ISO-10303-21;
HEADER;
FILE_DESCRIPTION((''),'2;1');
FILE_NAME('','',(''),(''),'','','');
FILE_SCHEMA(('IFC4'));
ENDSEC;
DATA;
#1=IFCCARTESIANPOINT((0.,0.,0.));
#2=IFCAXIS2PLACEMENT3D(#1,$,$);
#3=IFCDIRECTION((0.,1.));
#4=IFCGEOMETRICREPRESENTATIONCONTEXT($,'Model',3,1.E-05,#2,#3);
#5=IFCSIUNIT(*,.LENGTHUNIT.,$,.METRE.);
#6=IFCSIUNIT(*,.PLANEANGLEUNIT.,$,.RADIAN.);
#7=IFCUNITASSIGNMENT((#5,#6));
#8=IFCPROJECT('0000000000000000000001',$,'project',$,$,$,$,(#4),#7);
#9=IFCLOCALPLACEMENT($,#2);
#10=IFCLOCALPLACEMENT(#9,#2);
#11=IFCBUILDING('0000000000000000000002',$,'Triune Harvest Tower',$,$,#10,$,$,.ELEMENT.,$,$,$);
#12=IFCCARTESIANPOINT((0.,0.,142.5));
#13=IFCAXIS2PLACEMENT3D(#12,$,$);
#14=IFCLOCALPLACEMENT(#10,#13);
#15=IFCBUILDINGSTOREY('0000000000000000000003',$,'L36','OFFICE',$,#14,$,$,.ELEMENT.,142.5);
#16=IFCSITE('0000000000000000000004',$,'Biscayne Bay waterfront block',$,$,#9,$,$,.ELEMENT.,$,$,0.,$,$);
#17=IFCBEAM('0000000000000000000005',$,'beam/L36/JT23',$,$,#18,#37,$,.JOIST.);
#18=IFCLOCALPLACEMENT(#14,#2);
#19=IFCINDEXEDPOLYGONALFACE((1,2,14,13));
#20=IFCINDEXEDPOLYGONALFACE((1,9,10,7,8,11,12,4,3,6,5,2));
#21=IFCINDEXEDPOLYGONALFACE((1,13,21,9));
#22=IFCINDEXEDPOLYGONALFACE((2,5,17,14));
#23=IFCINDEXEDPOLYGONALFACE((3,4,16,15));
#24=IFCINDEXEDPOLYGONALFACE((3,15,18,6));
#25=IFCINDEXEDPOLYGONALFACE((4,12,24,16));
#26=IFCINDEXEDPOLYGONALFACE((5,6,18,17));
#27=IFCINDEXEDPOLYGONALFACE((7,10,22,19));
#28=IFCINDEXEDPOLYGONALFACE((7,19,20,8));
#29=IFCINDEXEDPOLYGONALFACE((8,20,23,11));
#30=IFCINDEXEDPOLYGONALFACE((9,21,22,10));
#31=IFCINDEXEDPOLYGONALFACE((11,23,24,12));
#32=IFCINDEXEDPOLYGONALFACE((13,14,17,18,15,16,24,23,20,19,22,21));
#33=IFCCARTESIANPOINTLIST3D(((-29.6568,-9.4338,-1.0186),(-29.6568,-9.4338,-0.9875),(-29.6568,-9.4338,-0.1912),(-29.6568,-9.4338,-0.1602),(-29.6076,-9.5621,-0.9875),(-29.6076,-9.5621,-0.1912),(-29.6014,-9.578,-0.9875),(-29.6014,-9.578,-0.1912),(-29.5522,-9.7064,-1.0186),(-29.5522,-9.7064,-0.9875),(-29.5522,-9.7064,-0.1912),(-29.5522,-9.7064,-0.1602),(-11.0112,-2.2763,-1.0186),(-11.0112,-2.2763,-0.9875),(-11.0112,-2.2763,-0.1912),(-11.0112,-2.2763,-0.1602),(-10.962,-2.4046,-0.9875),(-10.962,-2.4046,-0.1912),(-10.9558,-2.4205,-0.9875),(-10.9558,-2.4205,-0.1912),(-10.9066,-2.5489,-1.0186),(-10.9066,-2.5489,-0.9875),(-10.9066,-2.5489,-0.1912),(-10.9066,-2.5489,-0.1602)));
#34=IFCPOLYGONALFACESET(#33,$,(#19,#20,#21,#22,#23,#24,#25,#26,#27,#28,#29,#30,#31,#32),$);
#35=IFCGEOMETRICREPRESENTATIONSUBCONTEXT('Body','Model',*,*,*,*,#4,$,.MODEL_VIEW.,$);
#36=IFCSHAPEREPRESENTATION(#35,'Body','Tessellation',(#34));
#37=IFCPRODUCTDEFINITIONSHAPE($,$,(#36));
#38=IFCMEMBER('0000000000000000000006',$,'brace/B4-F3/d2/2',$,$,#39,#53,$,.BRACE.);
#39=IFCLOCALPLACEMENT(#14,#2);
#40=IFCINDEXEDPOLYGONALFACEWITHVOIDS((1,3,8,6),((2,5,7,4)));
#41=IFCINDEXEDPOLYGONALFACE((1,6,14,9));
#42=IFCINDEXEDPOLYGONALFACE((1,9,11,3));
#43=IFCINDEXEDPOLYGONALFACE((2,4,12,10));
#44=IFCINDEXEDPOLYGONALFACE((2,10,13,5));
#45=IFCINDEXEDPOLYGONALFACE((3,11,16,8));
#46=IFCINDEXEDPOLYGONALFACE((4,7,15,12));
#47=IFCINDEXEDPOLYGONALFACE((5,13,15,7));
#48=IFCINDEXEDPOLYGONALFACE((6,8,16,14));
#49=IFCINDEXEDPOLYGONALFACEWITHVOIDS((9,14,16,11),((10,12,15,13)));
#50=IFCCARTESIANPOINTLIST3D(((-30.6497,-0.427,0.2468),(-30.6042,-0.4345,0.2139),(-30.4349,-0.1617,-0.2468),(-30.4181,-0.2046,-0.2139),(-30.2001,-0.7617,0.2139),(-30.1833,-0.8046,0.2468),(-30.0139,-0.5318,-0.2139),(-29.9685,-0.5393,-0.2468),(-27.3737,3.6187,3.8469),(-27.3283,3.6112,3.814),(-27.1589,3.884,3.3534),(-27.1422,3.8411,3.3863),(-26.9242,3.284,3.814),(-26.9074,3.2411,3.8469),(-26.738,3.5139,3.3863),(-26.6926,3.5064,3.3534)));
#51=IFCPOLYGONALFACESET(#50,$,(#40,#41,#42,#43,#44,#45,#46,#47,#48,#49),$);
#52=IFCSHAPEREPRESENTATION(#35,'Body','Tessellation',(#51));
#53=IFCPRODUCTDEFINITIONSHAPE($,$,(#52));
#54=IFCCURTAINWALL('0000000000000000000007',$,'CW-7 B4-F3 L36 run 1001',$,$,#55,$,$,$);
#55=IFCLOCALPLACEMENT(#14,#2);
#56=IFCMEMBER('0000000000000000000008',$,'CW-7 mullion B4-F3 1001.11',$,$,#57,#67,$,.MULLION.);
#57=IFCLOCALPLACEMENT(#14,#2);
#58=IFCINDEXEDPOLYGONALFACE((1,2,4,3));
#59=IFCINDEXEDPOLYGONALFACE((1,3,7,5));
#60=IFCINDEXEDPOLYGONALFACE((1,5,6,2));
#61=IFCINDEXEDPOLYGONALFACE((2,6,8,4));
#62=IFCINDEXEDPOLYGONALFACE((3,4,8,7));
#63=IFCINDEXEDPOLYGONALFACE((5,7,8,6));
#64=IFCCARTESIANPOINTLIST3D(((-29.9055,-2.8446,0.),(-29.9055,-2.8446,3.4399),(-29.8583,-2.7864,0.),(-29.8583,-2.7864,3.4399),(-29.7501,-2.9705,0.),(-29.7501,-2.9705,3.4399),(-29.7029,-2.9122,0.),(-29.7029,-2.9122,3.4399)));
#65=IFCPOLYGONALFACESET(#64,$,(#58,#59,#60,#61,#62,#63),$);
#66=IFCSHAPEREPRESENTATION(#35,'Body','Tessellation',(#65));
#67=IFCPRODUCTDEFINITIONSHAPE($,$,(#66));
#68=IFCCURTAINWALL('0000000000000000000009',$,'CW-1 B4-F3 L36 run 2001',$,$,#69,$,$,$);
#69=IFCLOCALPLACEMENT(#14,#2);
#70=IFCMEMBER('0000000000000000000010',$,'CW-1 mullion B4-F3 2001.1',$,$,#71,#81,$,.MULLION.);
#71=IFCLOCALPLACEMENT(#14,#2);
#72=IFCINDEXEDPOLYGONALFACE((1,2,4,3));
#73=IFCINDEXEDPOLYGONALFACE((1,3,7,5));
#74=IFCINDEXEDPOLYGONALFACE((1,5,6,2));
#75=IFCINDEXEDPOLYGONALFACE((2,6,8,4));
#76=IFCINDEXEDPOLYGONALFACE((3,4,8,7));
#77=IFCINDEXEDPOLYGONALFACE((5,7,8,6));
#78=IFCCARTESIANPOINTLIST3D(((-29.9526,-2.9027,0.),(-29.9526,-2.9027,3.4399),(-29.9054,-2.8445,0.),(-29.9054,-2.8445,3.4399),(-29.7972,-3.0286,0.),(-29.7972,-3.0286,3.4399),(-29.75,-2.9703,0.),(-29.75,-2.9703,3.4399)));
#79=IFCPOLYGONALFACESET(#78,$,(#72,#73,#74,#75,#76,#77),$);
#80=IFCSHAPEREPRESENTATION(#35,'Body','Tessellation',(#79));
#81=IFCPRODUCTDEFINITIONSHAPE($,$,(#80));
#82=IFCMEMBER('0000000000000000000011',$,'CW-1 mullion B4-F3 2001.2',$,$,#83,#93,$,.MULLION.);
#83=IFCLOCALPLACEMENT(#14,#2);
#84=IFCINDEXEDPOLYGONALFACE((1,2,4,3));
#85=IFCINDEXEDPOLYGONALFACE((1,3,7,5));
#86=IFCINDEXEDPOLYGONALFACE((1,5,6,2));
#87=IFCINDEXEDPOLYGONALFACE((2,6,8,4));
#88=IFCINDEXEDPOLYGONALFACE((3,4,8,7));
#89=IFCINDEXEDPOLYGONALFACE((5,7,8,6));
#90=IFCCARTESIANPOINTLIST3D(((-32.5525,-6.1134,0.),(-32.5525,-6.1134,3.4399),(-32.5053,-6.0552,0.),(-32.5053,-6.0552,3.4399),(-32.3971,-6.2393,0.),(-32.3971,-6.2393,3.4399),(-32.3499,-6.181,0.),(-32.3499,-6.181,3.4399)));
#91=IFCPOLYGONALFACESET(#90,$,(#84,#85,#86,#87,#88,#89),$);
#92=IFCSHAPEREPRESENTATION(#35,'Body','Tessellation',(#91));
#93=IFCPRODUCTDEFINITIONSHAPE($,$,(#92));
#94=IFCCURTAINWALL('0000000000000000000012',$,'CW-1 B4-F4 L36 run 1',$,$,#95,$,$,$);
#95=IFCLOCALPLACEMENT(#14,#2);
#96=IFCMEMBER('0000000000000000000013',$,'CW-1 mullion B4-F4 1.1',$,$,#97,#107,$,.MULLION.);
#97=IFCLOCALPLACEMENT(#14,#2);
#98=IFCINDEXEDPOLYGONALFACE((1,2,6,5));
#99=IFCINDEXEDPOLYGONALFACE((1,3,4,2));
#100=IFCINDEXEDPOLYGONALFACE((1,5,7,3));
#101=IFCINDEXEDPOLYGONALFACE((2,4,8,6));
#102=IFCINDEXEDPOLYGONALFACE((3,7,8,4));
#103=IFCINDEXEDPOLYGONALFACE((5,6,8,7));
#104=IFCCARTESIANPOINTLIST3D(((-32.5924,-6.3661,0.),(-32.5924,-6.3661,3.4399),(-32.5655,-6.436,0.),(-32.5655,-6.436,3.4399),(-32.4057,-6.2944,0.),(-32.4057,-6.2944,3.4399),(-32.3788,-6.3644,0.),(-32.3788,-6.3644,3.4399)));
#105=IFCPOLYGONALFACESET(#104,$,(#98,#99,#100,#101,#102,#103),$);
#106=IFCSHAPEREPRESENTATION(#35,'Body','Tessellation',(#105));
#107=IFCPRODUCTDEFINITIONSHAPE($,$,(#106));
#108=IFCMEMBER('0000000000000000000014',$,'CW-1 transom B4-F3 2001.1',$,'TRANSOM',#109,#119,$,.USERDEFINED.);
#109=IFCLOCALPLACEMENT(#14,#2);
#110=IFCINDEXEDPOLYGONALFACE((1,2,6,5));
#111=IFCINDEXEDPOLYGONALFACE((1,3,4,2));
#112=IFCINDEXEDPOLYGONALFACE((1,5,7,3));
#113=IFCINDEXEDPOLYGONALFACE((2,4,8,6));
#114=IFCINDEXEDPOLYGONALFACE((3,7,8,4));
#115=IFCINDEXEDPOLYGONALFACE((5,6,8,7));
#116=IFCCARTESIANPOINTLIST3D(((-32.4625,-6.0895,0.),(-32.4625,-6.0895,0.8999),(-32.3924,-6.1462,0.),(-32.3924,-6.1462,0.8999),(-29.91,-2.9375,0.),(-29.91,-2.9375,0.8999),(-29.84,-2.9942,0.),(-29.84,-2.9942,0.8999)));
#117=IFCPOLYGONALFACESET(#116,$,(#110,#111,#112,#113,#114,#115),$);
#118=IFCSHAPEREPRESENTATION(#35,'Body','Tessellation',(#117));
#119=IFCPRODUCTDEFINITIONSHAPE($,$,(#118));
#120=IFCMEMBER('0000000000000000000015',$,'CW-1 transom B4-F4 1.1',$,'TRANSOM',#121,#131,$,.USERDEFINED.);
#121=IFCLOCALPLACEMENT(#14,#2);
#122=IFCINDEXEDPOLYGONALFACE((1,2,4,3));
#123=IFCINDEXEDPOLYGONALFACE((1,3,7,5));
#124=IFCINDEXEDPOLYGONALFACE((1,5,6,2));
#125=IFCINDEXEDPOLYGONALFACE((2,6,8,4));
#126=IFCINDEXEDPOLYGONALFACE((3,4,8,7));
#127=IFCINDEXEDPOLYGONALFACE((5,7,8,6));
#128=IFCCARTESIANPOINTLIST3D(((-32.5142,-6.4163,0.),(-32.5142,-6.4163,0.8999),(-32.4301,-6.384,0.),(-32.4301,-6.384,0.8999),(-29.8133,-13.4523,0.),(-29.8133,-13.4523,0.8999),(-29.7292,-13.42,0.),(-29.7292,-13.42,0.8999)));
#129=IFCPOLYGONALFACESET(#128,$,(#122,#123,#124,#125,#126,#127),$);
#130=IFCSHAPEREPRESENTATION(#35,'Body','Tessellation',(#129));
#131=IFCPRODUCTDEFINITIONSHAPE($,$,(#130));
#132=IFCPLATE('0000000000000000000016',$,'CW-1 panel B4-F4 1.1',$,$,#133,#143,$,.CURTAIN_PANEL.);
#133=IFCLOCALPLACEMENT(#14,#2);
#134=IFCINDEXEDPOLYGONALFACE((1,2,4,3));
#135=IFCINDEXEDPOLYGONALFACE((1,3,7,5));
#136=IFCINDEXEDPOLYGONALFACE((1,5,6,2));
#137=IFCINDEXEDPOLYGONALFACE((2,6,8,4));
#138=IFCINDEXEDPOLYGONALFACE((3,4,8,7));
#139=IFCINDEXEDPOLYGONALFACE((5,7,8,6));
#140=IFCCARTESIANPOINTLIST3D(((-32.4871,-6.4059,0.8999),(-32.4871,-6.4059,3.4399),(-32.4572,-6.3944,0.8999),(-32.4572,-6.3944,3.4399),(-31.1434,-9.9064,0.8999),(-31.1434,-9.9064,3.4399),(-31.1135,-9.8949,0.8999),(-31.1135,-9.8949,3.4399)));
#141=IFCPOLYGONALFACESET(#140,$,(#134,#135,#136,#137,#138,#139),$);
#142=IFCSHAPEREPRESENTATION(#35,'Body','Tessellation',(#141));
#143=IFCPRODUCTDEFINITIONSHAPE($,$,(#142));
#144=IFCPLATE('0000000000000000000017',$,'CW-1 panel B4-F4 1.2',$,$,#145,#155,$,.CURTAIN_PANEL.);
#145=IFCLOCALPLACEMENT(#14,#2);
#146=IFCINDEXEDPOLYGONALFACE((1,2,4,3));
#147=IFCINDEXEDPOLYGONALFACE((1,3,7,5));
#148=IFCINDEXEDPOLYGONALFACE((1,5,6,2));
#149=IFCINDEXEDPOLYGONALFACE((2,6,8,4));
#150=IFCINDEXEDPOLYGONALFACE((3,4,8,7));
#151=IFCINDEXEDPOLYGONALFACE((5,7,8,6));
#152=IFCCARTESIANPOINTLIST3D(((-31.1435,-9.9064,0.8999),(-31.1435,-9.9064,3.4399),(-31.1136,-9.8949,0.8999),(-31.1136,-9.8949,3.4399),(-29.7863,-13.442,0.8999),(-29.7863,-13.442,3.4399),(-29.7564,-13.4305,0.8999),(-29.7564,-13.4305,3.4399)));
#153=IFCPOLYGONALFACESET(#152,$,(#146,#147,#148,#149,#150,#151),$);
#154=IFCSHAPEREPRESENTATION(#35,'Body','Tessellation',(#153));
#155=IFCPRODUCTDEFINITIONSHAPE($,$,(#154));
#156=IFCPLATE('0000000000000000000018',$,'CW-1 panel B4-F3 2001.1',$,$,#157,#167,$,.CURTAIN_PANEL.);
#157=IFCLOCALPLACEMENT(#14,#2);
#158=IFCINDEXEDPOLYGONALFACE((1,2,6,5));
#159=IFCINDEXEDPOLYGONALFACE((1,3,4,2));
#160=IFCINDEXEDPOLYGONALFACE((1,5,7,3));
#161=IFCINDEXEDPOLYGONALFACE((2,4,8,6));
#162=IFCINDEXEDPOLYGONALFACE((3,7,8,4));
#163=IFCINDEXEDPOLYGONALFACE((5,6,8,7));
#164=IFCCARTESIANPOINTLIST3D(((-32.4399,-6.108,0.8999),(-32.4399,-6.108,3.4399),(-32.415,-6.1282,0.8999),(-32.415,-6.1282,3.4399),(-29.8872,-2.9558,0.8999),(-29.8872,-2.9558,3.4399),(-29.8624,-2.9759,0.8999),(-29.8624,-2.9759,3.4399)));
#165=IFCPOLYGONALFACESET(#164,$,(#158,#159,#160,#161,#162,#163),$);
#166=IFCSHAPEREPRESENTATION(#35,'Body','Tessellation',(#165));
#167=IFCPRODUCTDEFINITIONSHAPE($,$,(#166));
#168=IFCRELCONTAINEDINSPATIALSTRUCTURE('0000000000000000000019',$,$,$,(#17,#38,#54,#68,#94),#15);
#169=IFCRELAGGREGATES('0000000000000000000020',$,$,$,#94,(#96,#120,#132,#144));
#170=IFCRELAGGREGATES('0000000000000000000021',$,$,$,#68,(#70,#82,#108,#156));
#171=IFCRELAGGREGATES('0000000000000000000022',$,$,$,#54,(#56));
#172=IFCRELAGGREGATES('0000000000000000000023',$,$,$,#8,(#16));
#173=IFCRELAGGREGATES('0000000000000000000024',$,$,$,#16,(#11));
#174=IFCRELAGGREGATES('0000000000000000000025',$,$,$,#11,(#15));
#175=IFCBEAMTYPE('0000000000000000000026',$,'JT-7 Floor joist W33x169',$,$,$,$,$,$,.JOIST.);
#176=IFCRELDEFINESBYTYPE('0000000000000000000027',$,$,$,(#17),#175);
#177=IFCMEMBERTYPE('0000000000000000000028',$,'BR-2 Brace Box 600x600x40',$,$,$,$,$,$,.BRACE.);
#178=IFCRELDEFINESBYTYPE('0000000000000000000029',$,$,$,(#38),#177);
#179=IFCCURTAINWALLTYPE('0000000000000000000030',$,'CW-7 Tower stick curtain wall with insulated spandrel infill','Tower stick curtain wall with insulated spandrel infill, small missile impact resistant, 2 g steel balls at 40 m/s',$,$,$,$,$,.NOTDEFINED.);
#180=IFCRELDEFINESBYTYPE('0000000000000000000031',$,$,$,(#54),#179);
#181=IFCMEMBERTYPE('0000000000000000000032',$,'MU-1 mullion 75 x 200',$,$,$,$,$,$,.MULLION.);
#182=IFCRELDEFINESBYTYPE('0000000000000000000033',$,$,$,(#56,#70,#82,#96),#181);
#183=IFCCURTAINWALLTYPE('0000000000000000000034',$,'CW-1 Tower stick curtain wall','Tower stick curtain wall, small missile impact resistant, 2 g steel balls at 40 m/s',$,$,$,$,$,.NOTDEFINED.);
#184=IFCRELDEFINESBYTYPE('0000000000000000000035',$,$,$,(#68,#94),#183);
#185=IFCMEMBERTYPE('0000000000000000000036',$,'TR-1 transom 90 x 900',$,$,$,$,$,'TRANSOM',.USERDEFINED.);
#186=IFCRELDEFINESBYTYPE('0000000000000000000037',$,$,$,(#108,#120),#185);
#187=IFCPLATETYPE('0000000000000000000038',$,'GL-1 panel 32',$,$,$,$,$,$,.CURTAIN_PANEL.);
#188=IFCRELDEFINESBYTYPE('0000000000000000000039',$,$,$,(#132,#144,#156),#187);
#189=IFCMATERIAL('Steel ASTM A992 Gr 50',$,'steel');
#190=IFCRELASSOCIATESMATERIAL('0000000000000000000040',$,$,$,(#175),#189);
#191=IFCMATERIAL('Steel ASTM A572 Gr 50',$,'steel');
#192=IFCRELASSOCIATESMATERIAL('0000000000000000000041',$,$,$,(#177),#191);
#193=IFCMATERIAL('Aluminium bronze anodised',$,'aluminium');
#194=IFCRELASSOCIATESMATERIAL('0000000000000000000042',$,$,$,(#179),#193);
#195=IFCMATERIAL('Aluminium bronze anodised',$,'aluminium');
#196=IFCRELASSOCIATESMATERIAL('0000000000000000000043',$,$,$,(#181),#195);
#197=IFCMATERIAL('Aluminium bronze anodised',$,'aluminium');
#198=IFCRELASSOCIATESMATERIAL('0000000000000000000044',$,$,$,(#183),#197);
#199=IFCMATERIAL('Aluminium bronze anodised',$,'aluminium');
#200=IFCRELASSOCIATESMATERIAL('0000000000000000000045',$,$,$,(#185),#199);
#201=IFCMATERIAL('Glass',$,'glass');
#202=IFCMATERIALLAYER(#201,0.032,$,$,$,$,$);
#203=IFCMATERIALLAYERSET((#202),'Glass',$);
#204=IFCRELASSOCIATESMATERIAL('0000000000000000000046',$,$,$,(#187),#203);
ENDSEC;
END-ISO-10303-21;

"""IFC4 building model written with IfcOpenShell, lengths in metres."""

from ifc_helpers import new_model, si_unit, direction, frame, origin, origin_2d, place, context, subcontext, project, spatial, rectangle, hollow_rectangle, i_section, extrude, source, transform, mapped, material, layer, layer_set, material_profile, profile_set, type_object, element, aggregate, save


model = new_model("IFC4")

# Units and contexts
model_context = context("Model", 3, precision=1e-05, world=origin(), true_north=direction((0.0, 1.0)))
body_context = subcontext(model_context, "Body", "Model", "MODEL_VIEW")
ifc_project = project(units=[si_unit("LENGTHUNIT", "METRE"), si_unit("PLANEANGLEUNIT", "RADIAN")], contexts=[model_context])

# Site, building, storey
site_placement = place(None, origin())
site = spatial("IfcSite", under=ifc_project, at=site_placement, Name="Biscayne Bay waterfront block", CompositionType="ELEMENT", RefElevation=0.0)
building_placement = place(site_placement, origin())
building = spatial("IfcBuilding", under=site, at=building_placement, Name="Triune Harvest Tower", CompositionType="ELEMENT")
storey_placement = place(building_placement, frame((0.0, 0.0, 142.5)))
storey = spatial("IfcBuildingStorey", under=building, at=storey_placement, Name="L36", Description="OFFICE", CompositionType="ELEMENT", Elevation=142.5)

# Beam
ifc_material_1 = material(Name="Steel ASTM A992 Gr 50", Category="steel")
ifc_material_profile_1 = material_profile(ifc_material_1, i_section(OverallWidth=0.292, OverallDepth=0.8584, WebThickness=0.0171, FlangeThickness=0.031, at=origin_2d()), Name="W33x169")
ifc_profile_set_1 = profile_set([ifc_material_profile_1], Name="Steel ASTM A992 Gr 50")
beam_type_1 = type_object("IfcBeamType", Name="JT-7 Floor joist W33x169", PredefinedType="JOIST", material=ifc_profile_set_1)
shared_shape_1 = source(origin(), body_context, "Body", "SweptSolid", [
    extrude(i_section(OverallWidth=0.292, OverallDepth=0.8584, WebThickness=0.0171, FlangeThickness=0.031, at=origin_2d()), origin(), (0.0, 0.0, 1.0), 19.9722),
])
beam_1_placement = place(storey_placement, frame((-29.6045, -9.5701, -0.5894), z_axis=(0.933578, 0.358374, 0.0), x_axis=(-0.358374, 0.933578, 0.0)))
element("IfcBeam", 1, at=beam_1_placement, inside=storey, type_object=beam_type_1, Name="beam/L36/JT23", PredefinedType="JOIST", context=body_context, shape_type="MappedRepresentation", body=[
    mapped(shared_shape_1, transform((0.0, 0.0, 0.0), scale=1.0)),
])

# Member
ifc_material_2 = material(Name="Steel ASTM A572 Gr 50", Category="steel")
ifc_material_profile_2 = material_profile(ifc_material_2, hollow_rectangle(XDim=0.6001, YDim=0.6001, WallThickness=0.04, at=origin_2d()), Name="Box 600x600x40")
ifc_profile_set_2 = profile_set([ifc_material_profile_2], Name="Steel ASTM A572 Gr 50")
member_type_1 = type_object("IfcMemberType", Name="BR-2 Brace Box 600x600x40", PredefinedType="BRACE", material=ifc_profile_set_2)
shared_shape_2 = source(origin(), body_context, "Body", "SweptSolid", [
    extrude(hollow_rectangle(XDim=0.6001, YDim=0.6001, WallThickness=0.04, at=origin_2d()), origin(), (0.0, 0.0, 1.0), 6.3293),
])
member_1_placement = place(storey_placement, frame((-30.3091, -0.4832, 0.0), z_axis=(0.517578, 0.6392, 0.568803), x_axis=(-0.777167, 0.629294, 0.0)))
element("IfcMember", 2, at=member_1_placement, inside=storey, type_object=member_type_1, Name="brace/B4-F3/d2/2", PredefinedType="BRACE", context=body_context, shape_type="MappedRepresentation", body=[
    mapped(shared_shape_2, transform((0.0, 0.0, 0.0), scale=1.0)),
])

# Curtain wall, member
ifc_material_3 = material(Name="Aluminium bronze anodised", Category="aluminium")
curtain_wall_type_1 = type_object("IfcCurtainWallType", Name="CW-7 Tower stick curtain wall with insulated spandrel infill", Description="Tower stick curtain wall with insulated spandrel infill, small missile impact resistant, 2 g steel balls at 40 m/s", PredefinedType="NOTDEFINED", material=ifc_material_3)
curtain_wall_1_placement = place(storey_placement, origin())
curtain_wall_1 = element("IfcCurtainWall", 3, at=curtain_wall_1_placement, inside=storey, type_object=curtain_wall_type_1, Name="CW-7 B4-F3 L36 run 1001")
ifc_material_4 = material(Name="Aluminium bronze anodised", Category="aluminium")
ifc_material_profile_3 = material_profile(ifc_material_4, rectangle(XDim=0.2, YDim=0.075, at=origin_2d()), Name="MU-1 mullion 75 x 200")
ifc_profile_set_3 = profile_set([ifc_material_profile_3], Name="Aluminium bronze anodised")
member_type_2 = type_object("IfcMemberType", Name="MU-1 mullion 75 x 200", PredefinedType="MULLION", material=ifc_profile_set_3)
shared_shape_3 = source(origin(), body_context, "Body", "SweptSolid", [
    extrude(rectangle(XDim=0.2, YDim=0.075, at=origin_2d()), origin(), (0.0, 0.0, 1.0), 3.4399),
])
member_2_placement = place(storey_placement, frame((-29.8042, -2.8784, 0.0), z_axis=(0.0, 0.0, 1.0), x_axis=(0.777144, -0.629322, 0.0)))
member_2 = element("IfcMember", 4, at=member_2_placement, type_object=member_type_2, Name="CW-7 mullion B4-F3 1001.11", PredefinedType="MULLION", context=body_context, shape_type="MappedRepresentation", body=[
    mapped(shared_shape_3, transform((0.0, 0.0, 0.0), scale=1.0)),
])

# Curtain wall, members
ifc_material_5 = material(Name="Aluminium bronze anodised", Category="aluminium")
curtain_wall_type_2 = type_object("IfcCurtainWallType", Name="CW-1 Tower stick curtain wall", Description="Tower stick curtain wall, small missile impact resistant, 2 g steel balls at 40 m/s", PredefinedType="NOTDEFINED", material=ifc_material_5)
curtain_wall_2_placement = place(storey_placement, origin())
curtain_wall_2 = element("IfcCurtainWall", 5, at=curtain_wall_2_placement, inside=storey, type_object=curtain_wall_type_2, Name="CW-1 B4-F3 L36 run 2001")
member_3_placement = place(storey_placement, frame((-29.8513, -2.9365, 0.0), z_axis=(0.0, 0.0, 1.0), x_axis=(0.777149, -0.629317, 0.0)))
member_3 = element("IfcMember", 6, at=member_3_placement, type_object=member_type_2, Name="CW-1 mullion B4-F3 2001.1", PredefinedType="MULLION", context=body_context, shape_type="MappedRepresentation", body=[
    mapped(shared_shape_3, transform((0.0, 0.0, 0.0), scale=1.0)),
])
member_4_placement = place(storey_placement, frame((-32.4512, -6.1472, 0.0), z_axis=(0.0, 0.0, 1.0), x_axis=(0.777149, -0.629317, 0.0)))
member_4 = element("IfcMember", 7, at=member_4_placement, type_object=member_type_2, Name="CW-1 mullion B4-F3 2001.2", PredefinedType="MULLION", context=body_context, shape_type="MappedRepresentation", body=[
    mapped(shared_shape_3, transform((0.0, 0.0, 0.0), scale=1.0)),
])

# Curtain wall, member
curtain_wall_3_placement = place(storey_placement, origin())
curtain_wall_3 = element("IfcCurtainWall", 8, at=curtain_wall_3_placement, inside=storey, type_object=curtain_wall_type_2, Name="CW-1 B4-F4 L36 run 1")
member_5_placement = place(storey_placement, frame((-32.4856, -6.3652, 0.0), z_axis=(0.0, 0.0, 1.0), x_axis=(0.93358, 0.358369, 0.0)))
member_5 = element("IfcMember", 9, at=member_5_placement, type_object=member_type_2, Name="CW-1 mullion B4-F4 1.1", PredefinedType="MULLION", context=body_context, shape_type="MappedRepresentation", body=[
    mapped(shared_shape_3, transform((0.0, 0.0, 0.0), scale=1.0)),
])

# Members
ifc_material_6 = material(Name="Aluminium bronze anodised", Category="aluminium")
ifc_material_profile_4 = material_profile(ifc_material_6, rectangle(XDim=0.0901, YDim=0.8999, at=origin_2d()), Name="TR-1 transom 90 x 900")
ifc_profile_set_4 = profile_set([ifc_material_profile_4], Name="Aluminium bronze anodised")
member_type_3 = type_object("IfcMemberType", Name="TR-1 transom 90 x 900", ElementType="TRANSOM", PredefinedType="USERDEFINED", material=ifc_profile_set_4)
shared_shape_4 = source(origin(), body_context, "Body", "SweptSolid", [
    extrude(rectangle(XDim=0.0901, YDim=0.8999, at=origin_2d()), origin(), (0.0, 0.0, 1.0), 4.0559),
])
member_6_placement = place(storey_placement, frame((-29.875, -2.9658, 0.45), z_axis=(-0.629316, -0.77715, 0.0), x_axis=(0.77715, -0.629316, 0.0)))
member_6 = element("IfcMember", 10, at=member_6_placement, type_object=member_type_3, Name="CW-1 transom B4-F3 2001.1", ObjectType="TRANSOM", PredefinedType="USERDEFINED", context=body_context, shape_type="MappedRepresentation", body=[
    mapped(shared_shape_4, transform((0.0, 0.0, 0.0), scale=1.0)),
])
shared_shape_5 = source(origin(), body_context, "Body", "SweptSolid", [
    extrude(rectangle(XDim=0.0901, YDim=0.8999, at=origin_2d()), origin(), (0.0, 0.0, 1.0), 7.5366),
])
member_7_placement = place(storey_placement, frame((-32.4722, -6.4001, 0.45), z_axis=(0.358369, -0.93358, 0.0), x_axis=(0.93358, 0.358369, 0.0)))
member_7 = element("IfcMember", 11, at=member_7_placement, type_object=member_type_3, Name="CW-1 transom B4-F4 1.1", ObjectType="TRANSOM", PredefinedType="USERDEFINED", context=body_context, shape_type="MappedRepresentation", body=[
    mapped(shared_shape_5, transform((0.0, 0.0, 0.0), scale=1.0)),
])

# Plates
ifc_material_7 = material(Name="Glass", Category="glass")
ifc_layer_1 = layer(ifc_material_7, 0.032)
ifc_layer_set_1 = layer_set([ifc_layer_1], Name="Glass")
plate_type_1 = type_object("IfcPlateType", Name="GL-1 panel 32", PredefinedType="CURTAIN_PANEL", material=ifc_layer_set_1)
shared_shape_6 = source(origin(), body_context, "Body", "SweptSolid", [
    extrude(rectangle(XDim=3.7495, YDim=0.032, at=origin_2d()), origin(), (0.0, 0.0, 1.0), 2.54),
])
plate_1_placement = place(storey_placement, frame((-31.8003, -8.1504, 0.8999), z_axis=(0.0, 0.0, 1.0), x_axis=(0.358369, -0.93358, 0.0)))
plate_1 = element("IfcPlate", 12, at=plate_1_placement, type_object=plate_type_1, Name="CW-1 panel B4-F4 1.1", PredefinedType="CURTAIN_PANEL", context=body_context, shape_type="MappedRepresentation", body=[
    mapped(shared_shape_6, transform((0.0, 0.0, 0.0), scale=1.0)),
])
shared_shape_7 = source(origin(), body_context, "Body", "SweptSolid", [
    extrude(rectangle(XDim=3.7871, YDim=0.032, at=origin_2d()), origin(), (0.0, 0.0, 1.0), 2.54),
])
plate_2_placement = place(storey_placement, frame((-30.45, -11.6685, 0.8999), z_axis=(0.0, 0.0, 1.0), x_axis=(0.358369, -0.93358, 0.0)))
plate_2 = element("IfcPlate", 13, at=plate_2_placement, type_object=plate_type_1, Name="CW-1 panel B4-F4 1.2", PredefinedType="CURTAIN_PANEL", context=body_context, shape_type="MappedRepresentation", body=[
    mapped(shared_shape_7, transform((0.0, 0.0, 0.0), scale=1.0)),
])
aggregate(curtain_wall_3, [member_5, member_7, plate_1, plate_2])
shared_shape_8 = source(origin(), body_context, "Body", "SweptSolid", [
    extrude(rectangle(XDim=4.0562, YDim=0.032, at=origin_2d()), origin(), (0.0, 0.0, 1.0), 2.54),
])
plate_3_placement = place(storey_placement, frame((-31.1511, -4.542, 0.8999), z_axis=(0.0, 0.0, 1.0), x_axis=(-0.629317, -0.777149, 0.0)))
plate_3 = element("IfcPlate", 14, at=plate_3_placement, type_object=plate_type_1, Name="CW-1 panel B4-F3 2001.1", PredefinedType="CURTAIN_PANEL", context=body_context, shape_type="MappedRepresentation", body=[
    mapped(shared_shape_8, transform((0.0, 0.0, 0.0), scale=1.0)),
])
aggregate(curtain_wall_2, [member_3, member_4, member_6, plate_3])
aggregate(curtain_wall_1, [member_2])

save(model, "model.ifc")
